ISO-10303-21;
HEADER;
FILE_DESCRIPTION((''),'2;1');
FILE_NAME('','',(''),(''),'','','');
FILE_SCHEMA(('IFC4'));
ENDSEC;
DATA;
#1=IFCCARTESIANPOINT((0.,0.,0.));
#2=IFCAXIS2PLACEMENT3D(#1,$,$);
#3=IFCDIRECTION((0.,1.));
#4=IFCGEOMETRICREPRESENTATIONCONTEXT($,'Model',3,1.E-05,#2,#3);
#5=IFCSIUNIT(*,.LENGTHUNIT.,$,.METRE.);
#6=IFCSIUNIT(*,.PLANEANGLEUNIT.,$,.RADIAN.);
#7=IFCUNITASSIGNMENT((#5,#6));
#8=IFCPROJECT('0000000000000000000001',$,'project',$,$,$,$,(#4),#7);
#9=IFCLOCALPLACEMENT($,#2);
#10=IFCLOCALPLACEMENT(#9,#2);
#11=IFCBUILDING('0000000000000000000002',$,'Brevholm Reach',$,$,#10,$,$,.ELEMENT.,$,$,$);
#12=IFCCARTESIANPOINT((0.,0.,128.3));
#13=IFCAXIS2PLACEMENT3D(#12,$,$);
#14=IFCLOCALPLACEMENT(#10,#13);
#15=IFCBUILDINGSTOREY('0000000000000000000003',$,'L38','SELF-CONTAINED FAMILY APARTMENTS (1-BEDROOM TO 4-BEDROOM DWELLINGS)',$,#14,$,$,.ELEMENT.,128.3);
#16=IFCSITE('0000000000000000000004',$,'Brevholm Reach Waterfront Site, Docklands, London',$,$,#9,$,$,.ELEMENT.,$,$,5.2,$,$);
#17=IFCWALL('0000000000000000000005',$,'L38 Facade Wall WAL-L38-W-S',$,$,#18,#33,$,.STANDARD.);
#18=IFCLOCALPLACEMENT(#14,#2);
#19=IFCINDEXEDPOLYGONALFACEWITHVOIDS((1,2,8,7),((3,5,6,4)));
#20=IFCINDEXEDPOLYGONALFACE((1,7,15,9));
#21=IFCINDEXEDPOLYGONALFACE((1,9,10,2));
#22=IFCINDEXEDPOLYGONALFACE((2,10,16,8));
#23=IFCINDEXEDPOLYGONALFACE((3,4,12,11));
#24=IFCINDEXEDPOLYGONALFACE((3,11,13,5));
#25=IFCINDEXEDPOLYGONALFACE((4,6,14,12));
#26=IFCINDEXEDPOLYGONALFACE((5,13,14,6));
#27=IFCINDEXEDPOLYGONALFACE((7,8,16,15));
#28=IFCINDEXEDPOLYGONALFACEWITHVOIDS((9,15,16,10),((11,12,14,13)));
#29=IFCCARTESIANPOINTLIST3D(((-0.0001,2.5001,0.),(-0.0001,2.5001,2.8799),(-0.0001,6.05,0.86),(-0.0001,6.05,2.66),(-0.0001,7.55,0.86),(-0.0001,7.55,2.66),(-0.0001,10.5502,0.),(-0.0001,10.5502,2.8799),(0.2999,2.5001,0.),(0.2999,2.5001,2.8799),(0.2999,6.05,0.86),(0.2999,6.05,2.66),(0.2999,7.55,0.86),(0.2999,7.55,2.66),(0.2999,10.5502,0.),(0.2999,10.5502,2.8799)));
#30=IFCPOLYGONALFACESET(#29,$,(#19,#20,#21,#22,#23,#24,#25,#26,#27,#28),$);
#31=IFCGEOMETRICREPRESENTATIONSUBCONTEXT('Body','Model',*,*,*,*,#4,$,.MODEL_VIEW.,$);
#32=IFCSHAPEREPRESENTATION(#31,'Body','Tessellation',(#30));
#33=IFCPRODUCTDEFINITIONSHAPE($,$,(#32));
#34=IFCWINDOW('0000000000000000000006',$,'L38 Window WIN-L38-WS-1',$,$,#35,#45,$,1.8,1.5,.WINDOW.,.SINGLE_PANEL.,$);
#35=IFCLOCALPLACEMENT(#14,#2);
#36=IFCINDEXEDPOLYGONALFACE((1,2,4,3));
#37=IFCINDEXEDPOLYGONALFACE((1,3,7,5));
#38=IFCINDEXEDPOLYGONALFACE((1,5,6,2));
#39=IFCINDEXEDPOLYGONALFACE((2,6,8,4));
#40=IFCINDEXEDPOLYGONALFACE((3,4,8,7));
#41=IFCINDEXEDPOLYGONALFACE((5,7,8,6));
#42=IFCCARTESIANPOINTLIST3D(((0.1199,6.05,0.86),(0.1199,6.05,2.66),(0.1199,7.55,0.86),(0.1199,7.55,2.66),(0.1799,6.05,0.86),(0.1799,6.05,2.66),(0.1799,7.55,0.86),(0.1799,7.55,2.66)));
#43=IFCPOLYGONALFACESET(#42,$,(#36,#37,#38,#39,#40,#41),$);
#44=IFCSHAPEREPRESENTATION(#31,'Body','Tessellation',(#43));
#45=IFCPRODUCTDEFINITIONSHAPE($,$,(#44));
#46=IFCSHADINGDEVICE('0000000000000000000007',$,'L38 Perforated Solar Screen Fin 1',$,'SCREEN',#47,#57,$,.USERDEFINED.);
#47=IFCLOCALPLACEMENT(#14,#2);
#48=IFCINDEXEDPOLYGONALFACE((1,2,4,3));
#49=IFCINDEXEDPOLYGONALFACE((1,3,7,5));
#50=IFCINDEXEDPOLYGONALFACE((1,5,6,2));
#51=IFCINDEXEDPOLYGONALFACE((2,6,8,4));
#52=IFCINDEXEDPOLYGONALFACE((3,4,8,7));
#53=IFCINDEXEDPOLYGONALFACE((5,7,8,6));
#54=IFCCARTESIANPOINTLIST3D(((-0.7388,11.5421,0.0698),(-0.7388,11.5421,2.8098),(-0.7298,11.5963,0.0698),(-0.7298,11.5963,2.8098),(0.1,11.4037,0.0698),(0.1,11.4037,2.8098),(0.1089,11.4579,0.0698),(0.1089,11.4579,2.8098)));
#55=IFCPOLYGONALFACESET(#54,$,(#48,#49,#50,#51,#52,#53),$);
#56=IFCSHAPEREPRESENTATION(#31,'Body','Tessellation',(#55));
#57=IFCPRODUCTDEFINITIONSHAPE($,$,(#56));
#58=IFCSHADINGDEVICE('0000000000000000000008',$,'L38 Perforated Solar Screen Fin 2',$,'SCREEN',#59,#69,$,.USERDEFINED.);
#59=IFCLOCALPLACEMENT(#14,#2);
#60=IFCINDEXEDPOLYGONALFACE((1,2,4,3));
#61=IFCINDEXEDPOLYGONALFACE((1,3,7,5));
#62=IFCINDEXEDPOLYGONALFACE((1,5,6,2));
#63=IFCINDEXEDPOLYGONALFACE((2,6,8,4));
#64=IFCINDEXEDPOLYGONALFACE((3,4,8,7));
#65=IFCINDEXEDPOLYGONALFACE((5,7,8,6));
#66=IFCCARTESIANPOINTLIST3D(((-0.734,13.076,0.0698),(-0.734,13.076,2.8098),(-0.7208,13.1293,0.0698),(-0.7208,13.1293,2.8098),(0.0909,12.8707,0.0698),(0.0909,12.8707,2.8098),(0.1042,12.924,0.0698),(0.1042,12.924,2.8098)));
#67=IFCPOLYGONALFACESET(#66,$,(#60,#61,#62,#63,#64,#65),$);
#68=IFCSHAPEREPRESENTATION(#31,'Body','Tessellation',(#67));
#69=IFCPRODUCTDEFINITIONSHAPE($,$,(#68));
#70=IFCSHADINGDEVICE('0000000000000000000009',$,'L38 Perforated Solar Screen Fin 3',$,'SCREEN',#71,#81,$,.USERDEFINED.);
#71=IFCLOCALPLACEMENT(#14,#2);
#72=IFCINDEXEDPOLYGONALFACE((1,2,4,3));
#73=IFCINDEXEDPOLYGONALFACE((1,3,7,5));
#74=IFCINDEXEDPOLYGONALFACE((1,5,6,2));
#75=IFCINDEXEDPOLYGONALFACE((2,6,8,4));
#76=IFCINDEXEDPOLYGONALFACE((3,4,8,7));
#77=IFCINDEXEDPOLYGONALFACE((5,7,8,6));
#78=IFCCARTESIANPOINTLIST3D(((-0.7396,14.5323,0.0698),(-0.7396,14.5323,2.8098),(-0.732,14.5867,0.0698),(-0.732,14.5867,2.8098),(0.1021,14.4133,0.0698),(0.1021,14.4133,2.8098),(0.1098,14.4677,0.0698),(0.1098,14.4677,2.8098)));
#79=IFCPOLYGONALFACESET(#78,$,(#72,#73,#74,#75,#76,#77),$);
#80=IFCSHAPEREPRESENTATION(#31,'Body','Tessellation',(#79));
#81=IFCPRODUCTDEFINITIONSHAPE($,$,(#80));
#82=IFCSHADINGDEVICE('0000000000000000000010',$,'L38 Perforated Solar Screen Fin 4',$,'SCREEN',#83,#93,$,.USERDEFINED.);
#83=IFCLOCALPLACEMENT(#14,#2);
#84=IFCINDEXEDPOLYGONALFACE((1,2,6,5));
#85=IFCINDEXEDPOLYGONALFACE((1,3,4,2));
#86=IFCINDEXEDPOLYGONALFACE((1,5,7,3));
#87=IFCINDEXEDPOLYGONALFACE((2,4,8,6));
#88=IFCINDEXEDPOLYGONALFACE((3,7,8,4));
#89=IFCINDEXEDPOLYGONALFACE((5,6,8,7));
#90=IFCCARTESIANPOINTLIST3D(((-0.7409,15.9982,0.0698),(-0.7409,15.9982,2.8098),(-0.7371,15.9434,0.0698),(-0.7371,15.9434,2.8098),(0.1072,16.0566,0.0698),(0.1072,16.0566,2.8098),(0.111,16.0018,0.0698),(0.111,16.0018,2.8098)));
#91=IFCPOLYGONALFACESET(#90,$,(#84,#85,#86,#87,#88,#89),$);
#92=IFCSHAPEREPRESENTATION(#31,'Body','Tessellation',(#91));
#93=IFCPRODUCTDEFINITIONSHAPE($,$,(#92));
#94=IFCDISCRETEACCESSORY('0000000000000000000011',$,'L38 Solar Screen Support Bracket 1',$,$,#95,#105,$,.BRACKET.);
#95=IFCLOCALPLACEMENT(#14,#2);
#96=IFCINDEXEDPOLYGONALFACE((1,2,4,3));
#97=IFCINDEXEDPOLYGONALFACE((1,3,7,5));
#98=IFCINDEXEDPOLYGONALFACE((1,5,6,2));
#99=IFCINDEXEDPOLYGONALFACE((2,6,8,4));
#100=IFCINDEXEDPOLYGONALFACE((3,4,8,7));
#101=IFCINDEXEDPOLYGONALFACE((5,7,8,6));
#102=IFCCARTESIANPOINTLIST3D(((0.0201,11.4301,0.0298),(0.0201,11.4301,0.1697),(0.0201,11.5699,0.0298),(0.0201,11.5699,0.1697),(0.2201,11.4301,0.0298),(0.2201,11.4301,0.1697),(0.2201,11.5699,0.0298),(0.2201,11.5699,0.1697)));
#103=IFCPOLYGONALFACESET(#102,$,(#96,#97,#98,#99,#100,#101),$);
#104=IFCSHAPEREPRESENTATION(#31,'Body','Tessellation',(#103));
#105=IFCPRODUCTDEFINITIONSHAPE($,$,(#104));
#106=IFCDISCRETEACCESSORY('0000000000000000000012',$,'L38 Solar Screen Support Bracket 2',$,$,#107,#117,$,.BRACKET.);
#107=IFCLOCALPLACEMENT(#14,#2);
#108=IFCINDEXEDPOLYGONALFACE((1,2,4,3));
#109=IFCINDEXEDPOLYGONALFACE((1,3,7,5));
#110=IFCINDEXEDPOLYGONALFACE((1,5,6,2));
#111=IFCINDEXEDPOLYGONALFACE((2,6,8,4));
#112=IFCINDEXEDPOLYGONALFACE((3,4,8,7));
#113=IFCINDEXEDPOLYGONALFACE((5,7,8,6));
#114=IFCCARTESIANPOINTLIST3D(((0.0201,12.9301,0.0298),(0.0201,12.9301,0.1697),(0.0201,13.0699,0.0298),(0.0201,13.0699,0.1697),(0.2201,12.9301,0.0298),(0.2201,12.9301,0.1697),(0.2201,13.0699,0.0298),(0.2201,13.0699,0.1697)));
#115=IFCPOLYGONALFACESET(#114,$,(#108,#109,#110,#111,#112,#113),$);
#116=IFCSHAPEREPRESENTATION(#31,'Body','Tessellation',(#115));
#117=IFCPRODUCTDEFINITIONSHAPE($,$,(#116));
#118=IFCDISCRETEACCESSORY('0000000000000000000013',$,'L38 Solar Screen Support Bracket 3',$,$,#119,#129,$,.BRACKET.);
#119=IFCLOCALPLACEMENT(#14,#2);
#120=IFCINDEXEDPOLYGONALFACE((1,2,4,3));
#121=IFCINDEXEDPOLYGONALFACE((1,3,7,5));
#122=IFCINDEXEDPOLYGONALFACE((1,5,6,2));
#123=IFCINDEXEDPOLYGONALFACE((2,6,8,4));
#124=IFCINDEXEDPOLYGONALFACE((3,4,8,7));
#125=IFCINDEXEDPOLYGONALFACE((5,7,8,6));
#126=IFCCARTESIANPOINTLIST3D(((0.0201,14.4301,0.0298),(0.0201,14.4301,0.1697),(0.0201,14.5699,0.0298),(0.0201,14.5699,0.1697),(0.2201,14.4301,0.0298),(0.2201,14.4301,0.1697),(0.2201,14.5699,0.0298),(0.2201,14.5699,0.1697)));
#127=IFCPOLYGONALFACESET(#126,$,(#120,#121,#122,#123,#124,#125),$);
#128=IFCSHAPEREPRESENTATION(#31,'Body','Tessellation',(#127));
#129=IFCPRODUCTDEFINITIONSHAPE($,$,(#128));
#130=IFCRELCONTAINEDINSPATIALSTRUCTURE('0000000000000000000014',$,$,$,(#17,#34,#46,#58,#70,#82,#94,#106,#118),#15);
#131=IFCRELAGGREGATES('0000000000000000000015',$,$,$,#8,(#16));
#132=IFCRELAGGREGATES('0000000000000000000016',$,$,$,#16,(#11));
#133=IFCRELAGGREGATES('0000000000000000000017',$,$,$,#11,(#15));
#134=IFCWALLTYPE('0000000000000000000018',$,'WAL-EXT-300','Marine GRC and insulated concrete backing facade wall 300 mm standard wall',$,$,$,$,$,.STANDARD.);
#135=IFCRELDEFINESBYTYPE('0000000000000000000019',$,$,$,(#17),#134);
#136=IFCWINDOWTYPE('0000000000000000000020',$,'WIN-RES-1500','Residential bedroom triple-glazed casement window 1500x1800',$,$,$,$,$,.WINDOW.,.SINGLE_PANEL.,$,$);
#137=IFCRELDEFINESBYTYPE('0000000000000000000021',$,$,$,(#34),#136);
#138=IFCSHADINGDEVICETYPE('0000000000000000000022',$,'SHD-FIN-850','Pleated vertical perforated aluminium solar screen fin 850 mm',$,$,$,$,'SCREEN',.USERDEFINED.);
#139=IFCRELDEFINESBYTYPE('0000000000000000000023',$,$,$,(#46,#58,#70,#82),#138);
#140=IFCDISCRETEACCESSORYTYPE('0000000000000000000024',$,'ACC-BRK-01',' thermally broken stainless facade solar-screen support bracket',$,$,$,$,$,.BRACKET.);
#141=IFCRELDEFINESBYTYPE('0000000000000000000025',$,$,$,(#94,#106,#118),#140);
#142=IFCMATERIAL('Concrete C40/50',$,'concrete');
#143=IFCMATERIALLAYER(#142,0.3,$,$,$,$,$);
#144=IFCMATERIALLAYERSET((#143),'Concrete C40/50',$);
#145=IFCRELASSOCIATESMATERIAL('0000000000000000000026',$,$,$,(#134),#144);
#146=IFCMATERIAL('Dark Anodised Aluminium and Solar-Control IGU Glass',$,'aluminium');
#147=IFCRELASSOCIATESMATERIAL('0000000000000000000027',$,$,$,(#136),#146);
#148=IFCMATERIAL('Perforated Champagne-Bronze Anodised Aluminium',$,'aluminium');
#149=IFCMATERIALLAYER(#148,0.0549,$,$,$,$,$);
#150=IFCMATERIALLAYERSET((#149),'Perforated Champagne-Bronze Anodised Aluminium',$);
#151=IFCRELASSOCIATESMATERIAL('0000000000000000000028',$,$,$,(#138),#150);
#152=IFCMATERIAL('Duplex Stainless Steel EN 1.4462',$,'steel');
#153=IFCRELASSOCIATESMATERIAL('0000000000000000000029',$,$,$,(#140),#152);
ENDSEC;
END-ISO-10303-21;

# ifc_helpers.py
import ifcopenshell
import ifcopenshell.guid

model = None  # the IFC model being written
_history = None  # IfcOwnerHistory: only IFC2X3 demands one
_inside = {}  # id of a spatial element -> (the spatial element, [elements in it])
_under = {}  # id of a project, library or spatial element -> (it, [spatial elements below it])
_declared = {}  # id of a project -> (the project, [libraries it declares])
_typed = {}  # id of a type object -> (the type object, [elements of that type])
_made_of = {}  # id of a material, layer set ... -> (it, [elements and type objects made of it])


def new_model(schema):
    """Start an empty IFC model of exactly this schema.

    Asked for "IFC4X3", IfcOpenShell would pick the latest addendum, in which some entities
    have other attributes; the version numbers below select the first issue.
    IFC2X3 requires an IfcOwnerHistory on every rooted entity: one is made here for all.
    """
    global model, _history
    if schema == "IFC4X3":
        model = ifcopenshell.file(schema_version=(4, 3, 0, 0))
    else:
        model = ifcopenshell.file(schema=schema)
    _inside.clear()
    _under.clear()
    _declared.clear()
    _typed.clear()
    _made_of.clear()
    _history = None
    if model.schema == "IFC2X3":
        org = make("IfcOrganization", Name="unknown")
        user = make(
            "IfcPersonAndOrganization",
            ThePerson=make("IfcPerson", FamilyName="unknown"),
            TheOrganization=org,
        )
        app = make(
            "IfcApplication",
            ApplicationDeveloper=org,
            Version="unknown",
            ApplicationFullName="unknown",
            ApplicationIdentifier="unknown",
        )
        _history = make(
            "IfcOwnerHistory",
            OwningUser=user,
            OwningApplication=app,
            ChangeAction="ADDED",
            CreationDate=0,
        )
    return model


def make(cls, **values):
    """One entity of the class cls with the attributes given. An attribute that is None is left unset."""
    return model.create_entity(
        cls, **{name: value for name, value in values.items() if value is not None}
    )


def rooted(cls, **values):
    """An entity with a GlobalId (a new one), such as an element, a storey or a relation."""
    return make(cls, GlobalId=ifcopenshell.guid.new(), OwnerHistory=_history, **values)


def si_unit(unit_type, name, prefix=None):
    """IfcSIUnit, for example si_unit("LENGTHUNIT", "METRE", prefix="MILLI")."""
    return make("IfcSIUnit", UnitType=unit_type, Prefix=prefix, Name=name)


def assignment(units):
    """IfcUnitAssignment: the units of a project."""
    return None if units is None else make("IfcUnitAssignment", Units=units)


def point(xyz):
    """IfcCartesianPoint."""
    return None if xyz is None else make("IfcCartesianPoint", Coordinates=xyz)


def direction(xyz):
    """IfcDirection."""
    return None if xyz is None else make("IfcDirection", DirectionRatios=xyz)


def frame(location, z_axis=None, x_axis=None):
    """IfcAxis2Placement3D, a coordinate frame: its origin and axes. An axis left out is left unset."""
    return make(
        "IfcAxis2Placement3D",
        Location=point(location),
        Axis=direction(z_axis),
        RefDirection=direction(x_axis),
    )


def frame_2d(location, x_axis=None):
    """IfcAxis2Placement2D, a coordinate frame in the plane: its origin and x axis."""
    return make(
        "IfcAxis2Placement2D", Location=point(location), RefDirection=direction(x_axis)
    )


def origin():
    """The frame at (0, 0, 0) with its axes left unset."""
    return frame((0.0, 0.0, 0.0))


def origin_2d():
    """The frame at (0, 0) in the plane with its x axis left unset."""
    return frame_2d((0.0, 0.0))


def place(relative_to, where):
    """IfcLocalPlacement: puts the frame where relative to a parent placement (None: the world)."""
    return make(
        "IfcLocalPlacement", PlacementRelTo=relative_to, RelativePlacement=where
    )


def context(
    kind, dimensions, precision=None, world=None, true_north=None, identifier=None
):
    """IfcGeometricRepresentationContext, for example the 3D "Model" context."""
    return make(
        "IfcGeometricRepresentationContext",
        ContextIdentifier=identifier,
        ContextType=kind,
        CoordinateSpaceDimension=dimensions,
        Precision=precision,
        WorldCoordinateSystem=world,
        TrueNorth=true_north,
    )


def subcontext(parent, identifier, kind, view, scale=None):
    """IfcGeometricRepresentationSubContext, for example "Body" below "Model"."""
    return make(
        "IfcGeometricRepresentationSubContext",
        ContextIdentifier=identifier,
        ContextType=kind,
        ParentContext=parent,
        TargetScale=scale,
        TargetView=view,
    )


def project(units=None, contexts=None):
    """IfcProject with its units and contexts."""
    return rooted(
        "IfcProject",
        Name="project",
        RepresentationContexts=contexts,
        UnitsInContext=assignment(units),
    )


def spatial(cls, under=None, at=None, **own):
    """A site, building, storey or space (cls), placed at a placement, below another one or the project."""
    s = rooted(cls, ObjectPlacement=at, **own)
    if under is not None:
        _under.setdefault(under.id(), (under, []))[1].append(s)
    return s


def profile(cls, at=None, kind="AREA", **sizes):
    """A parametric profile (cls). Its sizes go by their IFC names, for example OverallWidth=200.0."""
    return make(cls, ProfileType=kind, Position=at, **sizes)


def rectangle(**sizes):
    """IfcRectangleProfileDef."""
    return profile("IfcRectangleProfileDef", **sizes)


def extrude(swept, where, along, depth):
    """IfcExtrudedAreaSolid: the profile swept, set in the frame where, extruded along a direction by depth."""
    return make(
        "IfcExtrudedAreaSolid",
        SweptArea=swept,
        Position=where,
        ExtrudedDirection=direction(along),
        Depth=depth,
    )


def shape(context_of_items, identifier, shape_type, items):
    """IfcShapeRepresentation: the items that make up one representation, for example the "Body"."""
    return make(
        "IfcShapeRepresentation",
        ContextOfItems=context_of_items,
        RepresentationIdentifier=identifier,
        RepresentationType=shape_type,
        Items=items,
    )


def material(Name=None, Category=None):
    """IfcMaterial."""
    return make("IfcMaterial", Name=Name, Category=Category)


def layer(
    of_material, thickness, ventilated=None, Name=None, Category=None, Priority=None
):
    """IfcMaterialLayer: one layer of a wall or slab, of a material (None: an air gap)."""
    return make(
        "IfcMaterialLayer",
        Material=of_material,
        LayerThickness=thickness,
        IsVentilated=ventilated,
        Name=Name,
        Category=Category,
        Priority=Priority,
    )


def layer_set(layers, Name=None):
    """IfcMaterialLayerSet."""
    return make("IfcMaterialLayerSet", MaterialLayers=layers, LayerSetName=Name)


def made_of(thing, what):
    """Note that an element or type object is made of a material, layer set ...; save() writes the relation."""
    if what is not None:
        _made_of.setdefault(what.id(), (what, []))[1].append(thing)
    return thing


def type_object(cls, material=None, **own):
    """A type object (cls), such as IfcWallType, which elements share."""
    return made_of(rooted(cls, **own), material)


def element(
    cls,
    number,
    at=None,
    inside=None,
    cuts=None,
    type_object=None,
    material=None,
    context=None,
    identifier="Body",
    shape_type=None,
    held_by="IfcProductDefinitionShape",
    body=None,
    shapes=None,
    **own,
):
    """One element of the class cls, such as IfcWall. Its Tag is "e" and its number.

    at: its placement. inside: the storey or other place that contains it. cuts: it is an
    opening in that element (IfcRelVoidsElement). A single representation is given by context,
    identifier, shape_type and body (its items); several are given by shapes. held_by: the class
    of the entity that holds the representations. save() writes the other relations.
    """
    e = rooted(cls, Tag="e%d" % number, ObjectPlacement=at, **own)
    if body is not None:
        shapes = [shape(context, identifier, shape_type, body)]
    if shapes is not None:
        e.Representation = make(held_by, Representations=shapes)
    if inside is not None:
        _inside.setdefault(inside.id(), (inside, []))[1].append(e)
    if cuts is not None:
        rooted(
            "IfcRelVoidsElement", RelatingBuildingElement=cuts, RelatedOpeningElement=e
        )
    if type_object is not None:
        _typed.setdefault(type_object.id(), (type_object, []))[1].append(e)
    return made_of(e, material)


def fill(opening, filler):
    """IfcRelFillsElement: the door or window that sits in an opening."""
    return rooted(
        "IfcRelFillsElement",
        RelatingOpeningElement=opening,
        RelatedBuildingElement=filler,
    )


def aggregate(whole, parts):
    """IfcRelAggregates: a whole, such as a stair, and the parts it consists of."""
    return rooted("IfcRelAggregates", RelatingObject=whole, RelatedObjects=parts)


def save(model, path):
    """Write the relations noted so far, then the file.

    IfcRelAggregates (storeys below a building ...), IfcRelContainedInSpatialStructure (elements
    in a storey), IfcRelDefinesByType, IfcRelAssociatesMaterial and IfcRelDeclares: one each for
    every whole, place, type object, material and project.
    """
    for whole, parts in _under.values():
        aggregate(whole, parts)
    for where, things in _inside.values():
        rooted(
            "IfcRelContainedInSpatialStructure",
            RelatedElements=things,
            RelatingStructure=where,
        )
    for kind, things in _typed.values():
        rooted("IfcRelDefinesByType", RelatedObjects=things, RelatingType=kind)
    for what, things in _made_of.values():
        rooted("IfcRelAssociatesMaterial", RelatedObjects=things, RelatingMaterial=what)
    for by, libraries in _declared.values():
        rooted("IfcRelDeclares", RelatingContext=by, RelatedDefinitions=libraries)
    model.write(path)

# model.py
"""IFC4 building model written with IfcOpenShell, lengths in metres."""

from ifc_helpers import new_model, si_unit, direction, frame, frame_2d, origin, origin_2d, place, context, subcontext, project, spatial, rectangle, extrude, material, layer, layer_set, type_object, element, fill, save


model = new_model("IFC4")

# Units and contexts
model_context = context("Model", 3, precision=1e-05, world=origin(), true_north=direction((0.0, 1.0)))
body_context = subcontext(model_context, "Body", "Model", "MODEL_VIEW")
ifc_project = project(units=[si_unit("LENGTHUNIT", "METRE"), si_unit("PLANEANGLEUNIT", "RADIAN")], contexts=[model_context])

# Site, building, storey
site_placement = place(None, origin())
site = spatial("IfcSite", under=ifc_project, at=site_placement, Name="Brevholm Reach Waterfront Site, Docklands, London", CompositionType="ELEMENT", RefElevation=5.2)
building_placement = place(site_placement, origin())
building = spatial("IfcBuilding", under=site, at=building_placement, Name="Brevholm Reach", CompositionType="ELEMENT")
storey_placement = place(building_placement, frame((0.0, 0.0, 128.3)))
storey = spatial("IfcBuildingStorey", under=building, at=storey_placement, Name="L38", Description="SELF-CONTAINED FAMILY APARTMENTS (1-BEDROOM TO 4-BEDROOM DWELLINGS)", CompositionType="ELEMENT", Elevation=128.3)

# Wall, opening, window
ifc_material_1 = material(Name="Concrete C40/50", Category="concrete")
ifc_layer_1 = layer(ifc_material_1, 0.3)
ifc_layer_set_1 = layer_set([ifc_layer_1], Name="Concrete C40/50")
wall_type = type_object("IfcWallType", Name="WAL-EXT-300", Description="Marine GRC and insulated concrete backing facade wall 300 mm standard wall", PredefinedType="STANDARD", material=ifc_layer_set_1)
wall_placement = place(storey_placement, frame((0.1499, 10.55, 0.0), z_axis=(0.0, 0.0, 1.0), x_axis=(0.0, -1.0, 0.0)))
wall = element("IfcWall", 1, at=wall_placement, inside=storey, type_object=wall_type, Name="L38 Facade Wall WAL-L38-W-S", PredefinedType="STANDARD", context=body_context, shape_type="SweptSolid", body=[
    extrude(rectangle(XDim=8.05, YDim=0.3, at=frame_2d((4.0249, 0.0))), origin(), (0.0, 0.0, 1.0), 2.8799),
])
opening_placement = place(wall_placement, frame((3.0, 0.0, 0.8601)))
opening = element("IfcOpeningElement", 2, at=opening_placement, cuts=wall, PredefinedType="OPENING", context=body_context, shape_type="SweptSolid", body=[
    extrude(rectangle(XDim=1.5, YDim=1.8, at=frame_2d((0.75, 0.8999))), frame((0.0, 0.1599, 0.0), z_axis=(0.0, -1.0, 0.0), x_axis=(1.0, 0.0, 0.0)), (0.0, 0.0, 1.0), 0.3201),
])
ifc_material_2 = material(Name="Dark Anodised Aluminium and Solar-Control IGU Glass", Category="aluminium")
window_type = type_object("IfcWindowType", Name="WIN-RES-1500", Description="Residential bedroom triple-glazed casement window 1500x1800", PartitioningType="SINGLE_PANEL", PredefinedType="WINDOW", material=ifc_material_2)
window_placement = place(opening_placement, origin())
window = element("IfcWindow", 3, at=window_placement, inside=storey, type_object=window_type, Name="L38 Window WIN-L38-WS-1", OverallHeight=1.8, OverallWidth=1.5, PartitioningType="SINGLE_PANEL", PredefinedType="WINDOW", context=body_context, shape_type="SweptSolid", body=[
    extrude(rectangle(XDim=1.5, YDim=1.8, at=frame_2d((0.75, 0.8999))), frame((0.0, 0.03, 0.0), z_axis=(0.0, -1.0, 0.0), x_axis=(1.0, 0.0, 0.0)), (0.0, 0.0, 1.0), 0.0601),
])
fill(opening, window)

# Shading devices
ifc_material_3 = material(Name="Perforated Champagne-Bronze Anodised Aluminium", Category="aluminium")
ifc_layer_2 = layer(ifc_material_3, 0.0549)
ifc_layer_set_2 = layer_set([ifc_layer_2], Name="Perforated Champagne-Bronze Anodised Aluminium")
shading_device_type = type_object("IfcShadingDeviceType", Name="SHD-FIN-850", Description="Pleated vertical perforated aluminium solar screen fin 850 mm", ElementType="SCREEN", PredefinedType="USERDEFINED", material=ifc_layer_set_2)
for number, where, z_axis, x_axis, name in (
    (4, (-0.3149, 11.5, 0.0698), (0.0, 0.0, 1.0), (-0.986646, 0.162878, 0.0), "L38 Perforated Solar Screen Fin 1"),
    (5, (-0.3149, 13.0, 0.0698), (0.0, 0.0, 1.0), (-0.970405, 0.241482, 0.0), "L38 Perforated Solar Screen Fin 2"),
    (6, (-0.3149, 14.5, 0.0698), (0.0, 0.0, 1.0), (-0.990141, 0.140072, 0.0), "L38 Perforated Solar Screen Fin 3"),
    (7, (-0.3149, 16.0, 0.0698), (0.0, 0.0, 1.0), (-0.997644, -0.068607, 0.0), "L38 Perforated Solar Screen Fin 4"),
):
    element("IfcShadingDevice", number, at=place(storey_placement, frame(where, z_axis=z_axis, x_axis=x_axis)), inside=storey, type_object=shading_device_type, Name=name, ObjectType="SCREEN", PredefinedType="USERDEFINED", context=body_context, shape_type="SweptSolid", body=[
        extrude(rectangle(XDim=0.8501, YDim=0.0549, at=origin_2d()), origin(), (0.0, 0.0, 1.0), 2.74),
    ])

# Discrete accessories
ifc_material_4 = material(Name="Duplex Stainless Steel EN 1.4462", Category="steel")
discrete_accessory_type = type_object("IfcDiscreteAccessoryType", Name="ACC-BRK-01", Description=" thermally broken stainless facade solar-screen support bracket", PredefinedType="BRACKET", material=ifc_material_4)
for number, where, z_axis, x_axis, name in (
    (8, (0.1201, 11.5, 0.0298), (0.0, 0.0, 1.0), (-1.0, 0.0, 0.0), "L38 Solar Screen Support Bracket 1"),
    (9, (0.1201, 13.0, 0.0298), (0.0, 0.0, 1.0), (-1.0, 0.0, 0.0), "L38 Solar Screen Support Bracket 2"),
    (10, (0.1201, 14.5, 0.0298), (0.0, 0.0, 1.0), (-1.0, 0.0, 0.0), "L38 Solar Screen Support Bracket 3"),
):
    element("IfcDiscreteAccessory", number, at=place(storey_placement, frame(where, z_axis=z_axis, x_axis=x_axis)), inside=storey, type_object=discrete_accessory_type, Name=name, PredefinedType="BRACKET", context=body_context, shape_type="SweptSolid", body=[
        extrude(rectangle(XDim=0.2, YDim=0.1399, at=origin_2d()), origin(), (0.0, 0.0, 1.0), 0.1399),
    ])

save(model, "model.ifc")
